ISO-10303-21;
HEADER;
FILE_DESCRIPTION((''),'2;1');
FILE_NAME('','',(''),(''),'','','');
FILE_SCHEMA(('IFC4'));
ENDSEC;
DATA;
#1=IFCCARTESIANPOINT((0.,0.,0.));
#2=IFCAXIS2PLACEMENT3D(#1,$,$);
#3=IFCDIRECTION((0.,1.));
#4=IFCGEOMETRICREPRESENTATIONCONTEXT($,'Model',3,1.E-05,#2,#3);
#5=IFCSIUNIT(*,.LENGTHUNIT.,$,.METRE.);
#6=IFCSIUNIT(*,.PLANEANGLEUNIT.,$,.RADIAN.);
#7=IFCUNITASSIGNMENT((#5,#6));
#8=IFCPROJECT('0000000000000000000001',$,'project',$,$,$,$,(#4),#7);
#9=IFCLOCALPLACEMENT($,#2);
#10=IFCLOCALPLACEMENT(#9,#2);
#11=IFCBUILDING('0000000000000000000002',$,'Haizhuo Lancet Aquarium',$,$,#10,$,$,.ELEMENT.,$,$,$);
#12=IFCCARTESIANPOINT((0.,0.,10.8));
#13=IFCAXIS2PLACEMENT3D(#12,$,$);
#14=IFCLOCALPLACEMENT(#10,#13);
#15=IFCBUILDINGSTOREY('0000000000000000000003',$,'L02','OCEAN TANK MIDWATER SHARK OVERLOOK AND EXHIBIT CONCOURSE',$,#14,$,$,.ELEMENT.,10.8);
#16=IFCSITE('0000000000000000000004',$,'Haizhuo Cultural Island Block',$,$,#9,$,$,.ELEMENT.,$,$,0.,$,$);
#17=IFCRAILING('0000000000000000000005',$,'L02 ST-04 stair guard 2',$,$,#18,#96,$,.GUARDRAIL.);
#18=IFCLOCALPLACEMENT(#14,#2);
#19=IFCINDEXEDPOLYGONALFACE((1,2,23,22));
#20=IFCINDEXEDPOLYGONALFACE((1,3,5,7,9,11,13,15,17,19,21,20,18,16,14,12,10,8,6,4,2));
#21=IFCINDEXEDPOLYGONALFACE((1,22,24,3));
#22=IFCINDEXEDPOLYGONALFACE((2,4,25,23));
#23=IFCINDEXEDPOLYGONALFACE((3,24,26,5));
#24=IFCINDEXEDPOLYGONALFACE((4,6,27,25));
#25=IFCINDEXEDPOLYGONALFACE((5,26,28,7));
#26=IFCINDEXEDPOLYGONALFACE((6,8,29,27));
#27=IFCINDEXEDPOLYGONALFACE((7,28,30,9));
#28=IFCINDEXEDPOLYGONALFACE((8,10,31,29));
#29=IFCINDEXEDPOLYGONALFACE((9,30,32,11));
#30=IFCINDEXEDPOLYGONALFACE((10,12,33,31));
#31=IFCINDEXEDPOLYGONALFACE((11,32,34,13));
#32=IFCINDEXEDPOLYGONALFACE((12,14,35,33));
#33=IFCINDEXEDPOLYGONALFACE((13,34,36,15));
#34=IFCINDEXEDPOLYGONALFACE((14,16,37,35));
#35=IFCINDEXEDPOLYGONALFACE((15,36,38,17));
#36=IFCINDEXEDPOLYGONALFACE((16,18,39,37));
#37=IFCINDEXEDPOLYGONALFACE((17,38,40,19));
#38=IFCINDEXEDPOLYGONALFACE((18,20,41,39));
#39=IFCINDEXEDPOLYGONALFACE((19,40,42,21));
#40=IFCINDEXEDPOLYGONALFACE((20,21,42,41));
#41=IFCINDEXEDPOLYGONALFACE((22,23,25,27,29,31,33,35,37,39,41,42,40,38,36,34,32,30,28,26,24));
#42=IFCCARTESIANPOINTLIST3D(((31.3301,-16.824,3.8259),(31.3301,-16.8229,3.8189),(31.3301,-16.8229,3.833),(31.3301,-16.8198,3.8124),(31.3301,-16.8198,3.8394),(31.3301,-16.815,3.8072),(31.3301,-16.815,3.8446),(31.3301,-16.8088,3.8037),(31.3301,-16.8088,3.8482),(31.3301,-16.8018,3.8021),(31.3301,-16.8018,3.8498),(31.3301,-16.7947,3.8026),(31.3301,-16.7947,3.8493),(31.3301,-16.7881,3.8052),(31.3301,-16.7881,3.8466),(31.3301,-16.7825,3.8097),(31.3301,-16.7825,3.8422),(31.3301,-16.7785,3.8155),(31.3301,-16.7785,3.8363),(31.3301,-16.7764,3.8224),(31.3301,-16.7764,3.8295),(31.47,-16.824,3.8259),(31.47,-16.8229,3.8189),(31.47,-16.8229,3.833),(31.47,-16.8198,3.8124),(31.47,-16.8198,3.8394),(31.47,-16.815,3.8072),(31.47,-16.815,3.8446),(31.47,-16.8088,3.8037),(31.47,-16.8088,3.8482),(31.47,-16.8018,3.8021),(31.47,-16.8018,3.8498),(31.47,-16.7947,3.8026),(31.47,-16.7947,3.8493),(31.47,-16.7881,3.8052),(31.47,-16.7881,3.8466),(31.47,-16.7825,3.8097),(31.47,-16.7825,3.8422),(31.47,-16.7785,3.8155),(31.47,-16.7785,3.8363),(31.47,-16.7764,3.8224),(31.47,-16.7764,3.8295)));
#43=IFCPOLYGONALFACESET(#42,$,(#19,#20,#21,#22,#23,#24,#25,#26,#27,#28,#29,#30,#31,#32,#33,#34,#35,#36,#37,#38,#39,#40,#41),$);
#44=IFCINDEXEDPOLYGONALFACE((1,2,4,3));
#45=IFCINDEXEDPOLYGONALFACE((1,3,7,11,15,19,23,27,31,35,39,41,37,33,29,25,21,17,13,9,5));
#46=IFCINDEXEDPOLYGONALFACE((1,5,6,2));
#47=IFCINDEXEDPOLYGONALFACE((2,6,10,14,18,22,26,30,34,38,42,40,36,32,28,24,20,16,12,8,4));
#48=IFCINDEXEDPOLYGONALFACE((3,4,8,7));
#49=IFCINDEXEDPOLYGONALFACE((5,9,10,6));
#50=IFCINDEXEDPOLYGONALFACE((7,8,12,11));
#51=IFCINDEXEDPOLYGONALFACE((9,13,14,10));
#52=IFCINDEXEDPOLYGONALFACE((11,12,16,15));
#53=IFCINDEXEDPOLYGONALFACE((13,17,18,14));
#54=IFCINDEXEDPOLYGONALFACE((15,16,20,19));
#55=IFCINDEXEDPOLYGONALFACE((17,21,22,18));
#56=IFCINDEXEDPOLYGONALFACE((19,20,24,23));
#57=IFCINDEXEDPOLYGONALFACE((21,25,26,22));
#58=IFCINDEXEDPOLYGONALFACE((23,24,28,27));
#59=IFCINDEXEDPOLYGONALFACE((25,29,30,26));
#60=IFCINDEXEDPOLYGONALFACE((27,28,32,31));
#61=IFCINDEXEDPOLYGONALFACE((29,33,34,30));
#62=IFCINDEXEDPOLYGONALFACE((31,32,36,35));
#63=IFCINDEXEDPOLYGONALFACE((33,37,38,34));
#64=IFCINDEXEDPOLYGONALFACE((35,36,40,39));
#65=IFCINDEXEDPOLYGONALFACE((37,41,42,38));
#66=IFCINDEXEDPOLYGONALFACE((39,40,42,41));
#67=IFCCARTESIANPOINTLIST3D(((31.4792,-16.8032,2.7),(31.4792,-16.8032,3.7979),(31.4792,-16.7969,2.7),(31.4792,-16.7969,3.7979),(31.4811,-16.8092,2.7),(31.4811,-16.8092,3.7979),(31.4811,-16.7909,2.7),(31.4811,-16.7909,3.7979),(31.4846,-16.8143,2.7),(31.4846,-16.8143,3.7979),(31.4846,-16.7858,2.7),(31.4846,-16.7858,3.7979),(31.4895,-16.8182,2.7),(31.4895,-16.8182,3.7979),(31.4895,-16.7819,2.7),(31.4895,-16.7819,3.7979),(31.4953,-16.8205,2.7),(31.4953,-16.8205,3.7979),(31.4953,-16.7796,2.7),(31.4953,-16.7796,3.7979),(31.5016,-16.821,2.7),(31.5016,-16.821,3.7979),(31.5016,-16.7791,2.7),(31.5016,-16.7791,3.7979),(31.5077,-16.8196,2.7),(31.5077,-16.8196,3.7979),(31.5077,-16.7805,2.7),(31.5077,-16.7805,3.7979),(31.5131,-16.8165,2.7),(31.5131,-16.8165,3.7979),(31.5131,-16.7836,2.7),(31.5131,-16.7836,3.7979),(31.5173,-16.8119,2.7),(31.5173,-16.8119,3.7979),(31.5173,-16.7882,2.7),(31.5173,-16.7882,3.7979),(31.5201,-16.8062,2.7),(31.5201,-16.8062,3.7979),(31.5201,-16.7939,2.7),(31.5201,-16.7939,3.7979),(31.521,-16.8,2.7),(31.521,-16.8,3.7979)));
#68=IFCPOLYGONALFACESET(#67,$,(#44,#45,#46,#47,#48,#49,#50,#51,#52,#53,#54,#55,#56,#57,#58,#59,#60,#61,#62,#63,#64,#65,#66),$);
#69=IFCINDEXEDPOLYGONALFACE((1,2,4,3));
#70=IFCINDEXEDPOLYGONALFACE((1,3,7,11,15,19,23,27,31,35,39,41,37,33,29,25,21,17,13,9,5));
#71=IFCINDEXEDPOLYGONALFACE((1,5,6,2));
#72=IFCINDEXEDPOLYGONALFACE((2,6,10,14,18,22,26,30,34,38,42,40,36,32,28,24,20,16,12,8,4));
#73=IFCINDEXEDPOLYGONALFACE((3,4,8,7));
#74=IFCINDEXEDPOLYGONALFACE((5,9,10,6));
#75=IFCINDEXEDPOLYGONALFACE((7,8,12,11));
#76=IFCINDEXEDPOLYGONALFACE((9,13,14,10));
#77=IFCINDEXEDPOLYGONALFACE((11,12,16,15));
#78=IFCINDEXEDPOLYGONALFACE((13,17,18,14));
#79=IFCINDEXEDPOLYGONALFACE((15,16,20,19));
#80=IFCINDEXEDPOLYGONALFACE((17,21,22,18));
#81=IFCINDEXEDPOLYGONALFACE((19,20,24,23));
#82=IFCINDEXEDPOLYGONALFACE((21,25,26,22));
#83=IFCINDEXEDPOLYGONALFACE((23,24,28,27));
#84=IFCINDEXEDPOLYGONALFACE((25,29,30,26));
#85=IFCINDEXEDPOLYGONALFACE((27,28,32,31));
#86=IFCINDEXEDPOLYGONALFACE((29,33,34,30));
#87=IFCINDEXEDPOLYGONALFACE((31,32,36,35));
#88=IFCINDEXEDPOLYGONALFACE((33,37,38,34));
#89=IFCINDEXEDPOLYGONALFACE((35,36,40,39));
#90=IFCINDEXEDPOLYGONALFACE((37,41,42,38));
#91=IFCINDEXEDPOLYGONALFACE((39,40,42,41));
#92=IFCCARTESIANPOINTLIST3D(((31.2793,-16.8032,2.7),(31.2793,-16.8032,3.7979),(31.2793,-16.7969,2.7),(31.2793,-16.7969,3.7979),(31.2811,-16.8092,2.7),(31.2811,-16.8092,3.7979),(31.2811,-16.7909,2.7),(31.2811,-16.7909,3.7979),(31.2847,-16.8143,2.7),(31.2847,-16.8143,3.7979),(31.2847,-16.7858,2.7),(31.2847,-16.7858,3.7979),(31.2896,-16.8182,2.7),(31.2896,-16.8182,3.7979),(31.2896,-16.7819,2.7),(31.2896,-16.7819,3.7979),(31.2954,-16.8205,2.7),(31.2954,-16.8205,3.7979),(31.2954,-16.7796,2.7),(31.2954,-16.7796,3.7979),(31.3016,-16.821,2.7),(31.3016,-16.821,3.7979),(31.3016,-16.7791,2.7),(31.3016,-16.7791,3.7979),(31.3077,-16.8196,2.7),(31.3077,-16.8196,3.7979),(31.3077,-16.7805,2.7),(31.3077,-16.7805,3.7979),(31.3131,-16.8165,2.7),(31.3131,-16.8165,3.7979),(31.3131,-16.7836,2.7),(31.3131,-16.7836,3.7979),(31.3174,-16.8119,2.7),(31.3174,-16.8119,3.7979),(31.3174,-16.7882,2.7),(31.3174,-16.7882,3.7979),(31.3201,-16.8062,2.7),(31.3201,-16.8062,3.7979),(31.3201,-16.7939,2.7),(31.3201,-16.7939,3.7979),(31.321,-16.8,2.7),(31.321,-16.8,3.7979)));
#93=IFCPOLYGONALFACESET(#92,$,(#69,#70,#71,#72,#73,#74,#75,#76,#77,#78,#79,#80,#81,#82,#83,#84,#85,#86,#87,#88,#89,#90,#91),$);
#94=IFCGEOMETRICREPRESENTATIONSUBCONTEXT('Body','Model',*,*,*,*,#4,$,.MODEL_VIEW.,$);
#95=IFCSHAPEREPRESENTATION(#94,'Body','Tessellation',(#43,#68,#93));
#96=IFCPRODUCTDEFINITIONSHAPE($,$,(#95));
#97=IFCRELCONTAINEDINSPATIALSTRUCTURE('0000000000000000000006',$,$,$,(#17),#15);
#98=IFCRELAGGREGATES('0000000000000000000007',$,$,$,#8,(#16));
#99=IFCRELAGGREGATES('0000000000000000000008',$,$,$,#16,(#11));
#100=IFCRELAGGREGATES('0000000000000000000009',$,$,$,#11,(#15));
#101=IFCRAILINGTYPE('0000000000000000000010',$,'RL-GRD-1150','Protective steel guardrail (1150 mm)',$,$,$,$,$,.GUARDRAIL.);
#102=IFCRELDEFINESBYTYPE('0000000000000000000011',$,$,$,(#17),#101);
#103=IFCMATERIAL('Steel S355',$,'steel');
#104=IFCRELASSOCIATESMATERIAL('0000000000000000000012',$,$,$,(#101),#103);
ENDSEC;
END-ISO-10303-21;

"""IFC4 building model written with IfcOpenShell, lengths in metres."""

from ifc_helpers import new_model, si_unit, direction, frame, origin, origin_2d, place, context, subcontext, project, spatial, circle, extrude, material, type_object, element, save


model = new_model("IFC4")

# Units and contexts
model_context = context("Model", 3, precision=1e-05, world=origin(), true_north=direction((0.0, 1.0)))
body_context = subcontext(model_context, "Body", "Model", "MODEL_VIEW")
ifc_project = project(units=[si_unit("LENGTHUNIT", "METRE"), si_unit("PLANEANGLEUNIT", "RADIAN")], contexts=[model_context])

# Site, building, storey
site_placement = place(None, origin())
site = spatial("IfcSite", under=ifc_project, at=site_placement, Name="Haizhuo Cultural Island Block", CompositionType="ELEMENT", RefElevation=0.0)
building_placement = place(site_placement, origin())
building = spatial("IfcBuilding", under=site, at=building_placement, Name="Haizhuo Lancet Aquarium", CompositionType="ELEMENT")
storey_placement = place(building_placement, frame((0.0, 0.0, 10.8)))
storey = spatial("IfcBuildingStorey", under=building, at=storey_placement, Name="L02", Description="OCEAN TANK MIDWATER SHARK OVERLOOK AND EXHIBIT CONCOURSE", CompositionType="ELEMENT", Elevation=10.8)

# Shared definitions
ifc_material_1 = material(Name="Steel S355", Category="steel")

# Railing
railing_type_1 = type_object("IfcRailingType", Name="RL-GRD-1150", Description="Protective steel guardrail (1150 mm)", PredefinedType="GUARDRAIL", material=ifc_material_1)
railing_1_placement = place(storey_placement, frame((31.5, -16.8, 2.7)))
element("IfcRailing", 1, at=railing_1_placement, inside=storey, type_object=railing_type_1, Name="L02 ST-04 stair guard 2", PredefinedType="GUARDRAIL", context=body_context, shape_type="SweptSolid", body=[
    extrude(circle(Radius=0.0239, at=origin_2d()), frame((-0.03, 0.0, 1.126), z_axis=(-1.0, 0.0, 0.0), x_axis=(0.0, -1.0, 0.0)), (0.0, 0.0, 1.0), 0.1399),
    extrude(circle(Radius=0.021, at=origin_2d()), origin(), (0.0, 0.0, 1.0), 1.0979),
    extrude(circle(Radius=0.021, at=origin_2d()), frame((-0.2, 0.0, 0.0)), (0.0, 0.0, 1.0), 1.0979),
])

save(model, "model.ifc")
